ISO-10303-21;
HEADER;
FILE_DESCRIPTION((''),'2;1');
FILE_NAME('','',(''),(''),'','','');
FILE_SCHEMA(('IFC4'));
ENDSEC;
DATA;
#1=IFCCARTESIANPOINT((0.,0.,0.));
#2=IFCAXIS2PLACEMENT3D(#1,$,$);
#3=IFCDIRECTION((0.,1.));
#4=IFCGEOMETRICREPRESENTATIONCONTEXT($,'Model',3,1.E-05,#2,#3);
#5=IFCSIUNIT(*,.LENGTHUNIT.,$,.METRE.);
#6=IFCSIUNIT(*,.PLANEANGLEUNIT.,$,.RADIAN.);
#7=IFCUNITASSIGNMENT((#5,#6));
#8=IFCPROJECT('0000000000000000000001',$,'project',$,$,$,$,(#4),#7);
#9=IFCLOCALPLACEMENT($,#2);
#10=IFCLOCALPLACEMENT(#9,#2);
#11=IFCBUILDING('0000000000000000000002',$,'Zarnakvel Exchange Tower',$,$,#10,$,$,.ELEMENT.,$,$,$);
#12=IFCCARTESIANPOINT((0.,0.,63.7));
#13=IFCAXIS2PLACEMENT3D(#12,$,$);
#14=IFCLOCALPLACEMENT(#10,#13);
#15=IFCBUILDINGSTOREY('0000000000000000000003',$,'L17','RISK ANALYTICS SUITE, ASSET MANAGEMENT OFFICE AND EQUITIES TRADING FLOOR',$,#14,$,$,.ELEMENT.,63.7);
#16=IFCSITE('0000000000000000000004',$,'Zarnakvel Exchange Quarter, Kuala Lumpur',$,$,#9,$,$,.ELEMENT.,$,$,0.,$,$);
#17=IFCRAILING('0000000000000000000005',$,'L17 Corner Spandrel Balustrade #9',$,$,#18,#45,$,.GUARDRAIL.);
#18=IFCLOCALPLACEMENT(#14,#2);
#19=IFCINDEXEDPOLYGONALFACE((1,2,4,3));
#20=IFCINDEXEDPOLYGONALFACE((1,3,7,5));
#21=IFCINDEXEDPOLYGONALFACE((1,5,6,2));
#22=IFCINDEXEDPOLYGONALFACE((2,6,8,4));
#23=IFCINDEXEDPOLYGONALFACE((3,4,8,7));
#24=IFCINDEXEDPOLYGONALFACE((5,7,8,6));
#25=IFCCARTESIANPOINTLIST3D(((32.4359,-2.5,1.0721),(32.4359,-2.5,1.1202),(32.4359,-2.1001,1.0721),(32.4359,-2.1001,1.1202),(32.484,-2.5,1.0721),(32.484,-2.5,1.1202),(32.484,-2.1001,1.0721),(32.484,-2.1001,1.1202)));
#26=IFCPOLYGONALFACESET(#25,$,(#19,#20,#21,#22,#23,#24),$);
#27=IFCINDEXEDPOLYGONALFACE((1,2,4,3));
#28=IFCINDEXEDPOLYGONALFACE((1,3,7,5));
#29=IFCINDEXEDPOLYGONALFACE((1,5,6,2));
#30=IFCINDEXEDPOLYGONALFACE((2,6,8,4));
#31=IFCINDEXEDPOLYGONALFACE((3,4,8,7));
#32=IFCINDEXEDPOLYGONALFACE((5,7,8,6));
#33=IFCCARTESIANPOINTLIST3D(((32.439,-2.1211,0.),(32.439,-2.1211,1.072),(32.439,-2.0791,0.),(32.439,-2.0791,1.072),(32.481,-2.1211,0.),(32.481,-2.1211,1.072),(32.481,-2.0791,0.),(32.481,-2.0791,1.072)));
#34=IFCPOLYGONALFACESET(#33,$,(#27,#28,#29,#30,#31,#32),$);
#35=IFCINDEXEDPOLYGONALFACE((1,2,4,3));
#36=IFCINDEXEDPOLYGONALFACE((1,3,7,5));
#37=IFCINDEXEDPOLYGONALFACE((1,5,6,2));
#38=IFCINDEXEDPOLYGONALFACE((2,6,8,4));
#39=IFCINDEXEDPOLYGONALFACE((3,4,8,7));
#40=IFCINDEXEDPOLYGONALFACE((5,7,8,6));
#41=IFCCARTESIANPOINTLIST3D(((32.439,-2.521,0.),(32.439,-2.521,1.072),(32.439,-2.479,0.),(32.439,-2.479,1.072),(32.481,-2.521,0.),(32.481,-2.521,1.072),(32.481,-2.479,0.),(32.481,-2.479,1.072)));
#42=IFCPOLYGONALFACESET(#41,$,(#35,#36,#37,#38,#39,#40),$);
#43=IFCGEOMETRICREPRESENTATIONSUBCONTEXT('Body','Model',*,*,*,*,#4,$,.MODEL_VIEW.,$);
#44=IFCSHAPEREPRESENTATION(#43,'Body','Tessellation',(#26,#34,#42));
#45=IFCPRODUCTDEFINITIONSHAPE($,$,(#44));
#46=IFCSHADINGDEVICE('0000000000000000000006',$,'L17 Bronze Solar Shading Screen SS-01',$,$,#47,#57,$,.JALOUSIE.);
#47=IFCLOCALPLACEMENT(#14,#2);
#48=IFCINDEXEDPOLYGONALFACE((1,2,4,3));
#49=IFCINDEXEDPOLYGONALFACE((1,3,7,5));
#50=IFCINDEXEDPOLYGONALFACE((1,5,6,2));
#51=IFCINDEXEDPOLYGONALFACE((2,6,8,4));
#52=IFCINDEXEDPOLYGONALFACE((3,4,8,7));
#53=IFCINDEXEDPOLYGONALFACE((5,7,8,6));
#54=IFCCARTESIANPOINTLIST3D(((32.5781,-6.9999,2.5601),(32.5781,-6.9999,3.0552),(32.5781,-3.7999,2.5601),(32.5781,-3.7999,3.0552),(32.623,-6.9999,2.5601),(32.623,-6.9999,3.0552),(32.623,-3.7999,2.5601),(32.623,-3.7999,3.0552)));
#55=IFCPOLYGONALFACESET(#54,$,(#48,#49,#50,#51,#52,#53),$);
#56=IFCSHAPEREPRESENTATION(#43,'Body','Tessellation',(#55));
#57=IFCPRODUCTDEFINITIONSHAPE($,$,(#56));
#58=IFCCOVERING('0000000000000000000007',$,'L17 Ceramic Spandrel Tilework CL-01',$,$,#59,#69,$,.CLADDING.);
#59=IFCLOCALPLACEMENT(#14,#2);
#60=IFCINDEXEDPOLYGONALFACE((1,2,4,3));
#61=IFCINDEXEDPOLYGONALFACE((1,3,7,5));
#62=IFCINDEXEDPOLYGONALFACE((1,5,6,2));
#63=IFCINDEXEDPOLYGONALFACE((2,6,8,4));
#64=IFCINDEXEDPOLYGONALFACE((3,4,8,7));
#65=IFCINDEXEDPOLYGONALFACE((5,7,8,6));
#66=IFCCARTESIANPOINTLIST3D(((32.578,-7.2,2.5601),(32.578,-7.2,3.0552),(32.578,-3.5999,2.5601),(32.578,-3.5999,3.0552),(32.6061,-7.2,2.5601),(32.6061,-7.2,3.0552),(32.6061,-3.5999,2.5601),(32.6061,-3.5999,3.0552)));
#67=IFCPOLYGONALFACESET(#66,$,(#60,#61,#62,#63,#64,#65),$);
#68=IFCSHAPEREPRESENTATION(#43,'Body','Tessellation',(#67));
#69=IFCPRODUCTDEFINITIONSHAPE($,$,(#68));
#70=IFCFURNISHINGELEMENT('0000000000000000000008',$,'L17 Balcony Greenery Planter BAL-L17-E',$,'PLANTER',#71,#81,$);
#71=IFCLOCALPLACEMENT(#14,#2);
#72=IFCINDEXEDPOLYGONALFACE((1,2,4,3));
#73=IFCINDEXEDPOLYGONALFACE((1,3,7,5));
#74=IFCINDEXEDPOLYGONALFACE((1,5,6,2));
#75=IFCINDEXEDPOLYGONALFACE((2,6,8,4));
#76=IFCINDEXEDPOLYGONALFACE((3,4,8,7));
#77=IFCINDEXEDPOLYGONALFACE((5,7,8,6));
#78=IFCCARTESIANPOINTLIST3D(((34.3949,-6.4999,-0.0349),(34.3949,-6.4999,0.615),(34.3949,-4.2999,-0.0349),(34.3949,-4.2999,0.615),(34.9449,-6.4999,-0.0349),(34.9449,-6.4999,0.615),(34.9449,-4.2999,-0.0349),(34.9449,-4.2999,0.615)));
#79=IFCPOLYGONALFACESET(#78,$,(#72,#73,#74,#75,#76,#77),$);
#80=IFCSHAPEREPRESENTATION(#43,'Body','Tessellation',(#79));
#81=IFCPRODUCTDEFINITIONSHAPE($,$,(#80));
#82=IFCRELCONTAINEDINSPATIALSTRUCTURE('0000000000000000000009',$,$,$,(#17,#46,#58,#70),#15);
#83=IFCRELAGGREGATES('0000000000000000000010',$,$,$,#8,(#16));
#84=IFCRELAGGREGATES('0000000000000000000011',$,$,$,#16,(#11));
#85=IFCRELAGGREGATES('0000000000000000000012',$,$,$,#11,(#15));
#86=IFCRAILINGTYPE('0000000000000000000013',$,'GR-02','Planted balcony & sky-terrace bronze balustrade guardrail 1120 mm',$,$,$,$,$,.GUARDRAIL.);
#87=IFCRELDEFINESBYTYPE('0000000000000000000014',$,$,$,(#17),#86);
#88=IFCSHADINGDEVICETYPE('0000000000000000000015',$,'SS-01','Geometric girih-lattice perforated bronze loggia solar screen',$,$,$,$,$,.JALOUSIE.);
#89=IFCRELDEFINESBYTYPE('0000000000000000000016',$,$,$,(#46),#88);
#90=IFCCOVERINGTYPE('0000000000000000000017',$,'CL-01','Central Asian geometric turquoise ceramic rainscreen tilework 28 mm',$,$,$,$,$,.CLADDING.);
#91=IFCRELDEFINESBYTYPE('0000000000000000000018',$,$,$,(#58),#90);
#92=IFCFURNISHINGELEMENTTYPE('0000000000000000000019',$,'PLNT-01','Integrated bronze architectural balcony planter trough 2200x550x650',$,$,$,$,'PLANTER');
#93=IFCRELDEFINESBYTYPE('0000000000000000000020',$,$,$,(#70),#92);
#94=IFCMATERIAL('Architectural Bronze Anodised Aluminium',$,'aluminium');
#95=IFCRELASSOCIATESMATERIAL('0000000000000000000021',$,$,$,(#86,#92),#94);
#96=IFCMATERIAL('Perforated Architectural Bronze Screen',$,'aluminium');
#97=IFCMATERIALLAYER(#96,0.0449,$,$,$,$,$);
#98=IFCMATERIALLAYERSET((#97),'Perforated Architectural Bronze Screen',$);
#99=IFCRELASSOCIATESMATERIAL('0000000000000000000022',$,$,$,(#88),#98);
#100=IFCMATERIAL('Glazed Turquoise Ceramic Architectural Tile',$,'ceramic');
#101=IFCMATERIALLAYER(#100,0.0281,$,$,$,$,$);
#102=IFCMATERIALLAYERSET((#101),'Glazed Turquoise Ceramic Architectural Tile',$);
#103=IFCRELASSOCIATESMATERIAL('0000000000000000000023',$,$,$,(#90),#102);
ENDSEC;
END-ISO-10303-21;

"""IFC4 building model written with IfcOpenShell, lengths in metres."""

from ifc_helpers import new_model, si_unit, direction, frame, origin, origin_2d, place, context, subcontext, project, spatial, rectangle, extrude, source, transform, mapped, material, layer, layer_set, type_object, element, save


model = new_model("IFC4")

# Units and contexts
model_context = context("Model", 3, precision=1e-05, world=origin(), true_north=direction((0.0, 1.0)))
body_context = subcontext(model_context, "Body", "Model", "MODEL_VIEW")
ifc_project = project(units=[si_unit("LENGTHUNIT", "METRE"), si_unit("PLANEANGLEUNIT", "RADIAN")], contexts=[model_context])

# Site, building, storey
site_placement = place(None, origin())
site = spatial("IfcSite", under=ifc_project, at=site_placement, Name="Zarnakvel Exchange Quarter, Kuala Lumpur", CompositionType="ELEMENT", RefElevation=0.0)
building_placement = place(site_placement, origin())
building = spatial("IfcBuilding", under=site, at=building_placement, Name="Zarnakvel Exchange Tower", CompositionType="ELEMENT")
storey_placement = place(building_placement, frame((0.0, 0.0, 63.7)))
storey = spatial("IfcBuildingStorey", under=building, at=storey_placement, Name="L17", Description="RISK ANALYTICS SUITE, ASSET MANAGEMENT OFFICE AND EQUITIES TRADING FLOOR", CompositionType="ELEMENT", Elevation=63.7)

# Shared definitions
ifc_material_1 = material(Name="Architectural Bronze Anodised Aluminium", Category="aluminium")

# Railing
railing_type = type_object("IfcRailingType", Name="GR-02", Description="Planted balcony & sky-terrace bronze balustrade guardrail 1120 mm", PredefinedType="GUARDRAIL", material=ifc_material_1)
railing_placement = place(storey_placement, frame((32.46, -2.1001, 0.0)))
element("IfcRailing", 1, at=railing_placement, inside=storey, type_object=railing_type, Name="L17 Corner Spandrel Balustrade #9", PredefinedType="GUARDRAIL", context=body_context, shape_type="SweptSolid", body=[
    extrude(rectangle(XDim=0.0481, YDim=0.0481, at=origin_2d()), frame((0.0, 0.0, 1.0962), z_axis=(0.0, -1.0, 0.0), x_axis=(1.0, 0.0, 0.0)), (0.0, 0.0, 1.0), 0.3999),
    extrude(rectangle(XDim=0.042, YDim=0.042, at=origin_2d()), origin(), (0.0, 0.0, 1.0), 1.072),
    extrude(rectangle(XDim=0.042, YDim=0.042, at=origin_2d()), frame((0.0, -0.3999, 0.0)), (0.0, 0.0, 1.0), 1.072),
])

# Shading device
ifc_material_2 = material(Name="Perforated Architectural Bronze Screen", Category="aluminium")
ifc_layer_1 = layer(ifc_material_2, 0.0449)
ifc_layer_set_1 = layer_set([ifc_layer_1], Name="Perforated Architectural Bronze Screen")
shading_device_type = type_object("IfcShadingDeviceType", Name="SS-01", Description="Geometric girih-lattice perforated bronze loggia solar screen", PredefinedType="JALOUSIE", material=ifc_layer_set_1)
shared_shape_1 = source(origin(), body_context, "Body", "SweptSolid", [
    extrude(rectangle(XDim=3.2, YDim=0.0449, at=origin_2d()), origin(), (0.0, 0.0, 1.0), 0.4951),
])
shading_device_placement = place(storey_placement, frame((32.6006, -5.3999, 2.5601), z_axis=(0.0, 0.0, 1.0), x_axis=(0.0, -1.0, 0.0)))
element("IfcShadingDevice", 2, at=shading_device_placement, inside=storey, type_object=shading_device_type, Name="L17 Bronze Solar Shading Screen SS-01", PredefinedType="JALOUSIE", context=body_context, shape_type="MappedRepresentation", body=[
    mapped(shared_shape_1, transform((0.0, 0.0, 0.0), x_axis=(1.0, 0.0, 0.0), y_axis=(0.0, 1.0, 0.0), z_axis=(0.0, 0.0, 1.0), scale=1.0)),
])

# Covering
ifc_material_3 = material(Name="Glazed Turquoise Ceramic Architectural Tile", Category="ceramic")
ifc_layer_2 = layer(ifc_material_3, 0.0281)
ifc_layer_set_2 = layer_set([ifc_layer_2], Name="Glazed Turquoise Ceramic Architectural Tile")
covering_type = type_object("IfcCoveringType", Name="CL-01", Description="Central Asian geometric turquoise ceramic rainscreen tilework 28 mm", PredefinedType="CLADDING", material=ifc_layer_set_2)
shared_shape_2 = source(origin(), body_context, "Body", "SweptSolid", [
    extrude(rectangle(XDim=3.6001, YDim=0.0281, at=origin_2d()), origin(), (0.0, 0.0, 1.0), 0.4951),
])
covering_placement = place(storey_placement, frame((32.592, -5.3999, 2.5601), z_axis=(0.0, 0.0, 1.0), x_axis=(0.0, -1.0, 0.0)))
element("IfcCovering", 3, at=covering_placement, inside=storey, type_object=covering_type, Name="L17 Ceramic Spandrel Tilework CL-01", PredefinedType="CLADDING", context=body_context, shape_type="MappedRepresentation", body=[
    mapped(shared_shape_2, transform((0.0, 0.0, 0.0), x_axis=(1.0, 0.0, 0.0), y_axis=(0.0, 1.0, 0.0), z_axis=(0.0, 0.0, 1.0), scale=1.0)),
])

# Furnishing element
furnishing_element_type = type_object("IfcFurnishingElementType", Name="PLNT-01", Description="Integrated bronze architectural balcony planter trough 2200x550x650", ElementType="PLANTER", material=ifc_material_1)
shared_shape_3 = source(origin(), body_context, "Body", "SweptSolid", [
    extrude(rectangle(XDim=2.2, YDim=0.55, at=origin_2d()), origin(), (0.0, 0.0, 1.0), 0.6499),
])
furnishing_placement = place(storey_placement, frame((34.6699, -5.3999, -0.0349), z_axis=(0.0, 0.0, 1.0), x_axis=(0.0, 1.0, 0.0)))
element("IfcFurnishingElement", 4, at=furnishing_placement, inside=storey, type_object=furnishing_element_type, Name="L17 Balcony Greenery Planter BAL-L17-E", ObjectType="PLANTER", context=body_context, shape_type="MappedRepresentation", body=[
    mapped(shared_shape_3, transform((0.0, 0.0, 0.0), x_axis=(1.0, 0.0, 0.0), y_axis=(0.0, 1.0, 0.0), z_axis=(0.0, 0.0, 1.0), scale=1.0)),
])

save(model, "model.ifc")
